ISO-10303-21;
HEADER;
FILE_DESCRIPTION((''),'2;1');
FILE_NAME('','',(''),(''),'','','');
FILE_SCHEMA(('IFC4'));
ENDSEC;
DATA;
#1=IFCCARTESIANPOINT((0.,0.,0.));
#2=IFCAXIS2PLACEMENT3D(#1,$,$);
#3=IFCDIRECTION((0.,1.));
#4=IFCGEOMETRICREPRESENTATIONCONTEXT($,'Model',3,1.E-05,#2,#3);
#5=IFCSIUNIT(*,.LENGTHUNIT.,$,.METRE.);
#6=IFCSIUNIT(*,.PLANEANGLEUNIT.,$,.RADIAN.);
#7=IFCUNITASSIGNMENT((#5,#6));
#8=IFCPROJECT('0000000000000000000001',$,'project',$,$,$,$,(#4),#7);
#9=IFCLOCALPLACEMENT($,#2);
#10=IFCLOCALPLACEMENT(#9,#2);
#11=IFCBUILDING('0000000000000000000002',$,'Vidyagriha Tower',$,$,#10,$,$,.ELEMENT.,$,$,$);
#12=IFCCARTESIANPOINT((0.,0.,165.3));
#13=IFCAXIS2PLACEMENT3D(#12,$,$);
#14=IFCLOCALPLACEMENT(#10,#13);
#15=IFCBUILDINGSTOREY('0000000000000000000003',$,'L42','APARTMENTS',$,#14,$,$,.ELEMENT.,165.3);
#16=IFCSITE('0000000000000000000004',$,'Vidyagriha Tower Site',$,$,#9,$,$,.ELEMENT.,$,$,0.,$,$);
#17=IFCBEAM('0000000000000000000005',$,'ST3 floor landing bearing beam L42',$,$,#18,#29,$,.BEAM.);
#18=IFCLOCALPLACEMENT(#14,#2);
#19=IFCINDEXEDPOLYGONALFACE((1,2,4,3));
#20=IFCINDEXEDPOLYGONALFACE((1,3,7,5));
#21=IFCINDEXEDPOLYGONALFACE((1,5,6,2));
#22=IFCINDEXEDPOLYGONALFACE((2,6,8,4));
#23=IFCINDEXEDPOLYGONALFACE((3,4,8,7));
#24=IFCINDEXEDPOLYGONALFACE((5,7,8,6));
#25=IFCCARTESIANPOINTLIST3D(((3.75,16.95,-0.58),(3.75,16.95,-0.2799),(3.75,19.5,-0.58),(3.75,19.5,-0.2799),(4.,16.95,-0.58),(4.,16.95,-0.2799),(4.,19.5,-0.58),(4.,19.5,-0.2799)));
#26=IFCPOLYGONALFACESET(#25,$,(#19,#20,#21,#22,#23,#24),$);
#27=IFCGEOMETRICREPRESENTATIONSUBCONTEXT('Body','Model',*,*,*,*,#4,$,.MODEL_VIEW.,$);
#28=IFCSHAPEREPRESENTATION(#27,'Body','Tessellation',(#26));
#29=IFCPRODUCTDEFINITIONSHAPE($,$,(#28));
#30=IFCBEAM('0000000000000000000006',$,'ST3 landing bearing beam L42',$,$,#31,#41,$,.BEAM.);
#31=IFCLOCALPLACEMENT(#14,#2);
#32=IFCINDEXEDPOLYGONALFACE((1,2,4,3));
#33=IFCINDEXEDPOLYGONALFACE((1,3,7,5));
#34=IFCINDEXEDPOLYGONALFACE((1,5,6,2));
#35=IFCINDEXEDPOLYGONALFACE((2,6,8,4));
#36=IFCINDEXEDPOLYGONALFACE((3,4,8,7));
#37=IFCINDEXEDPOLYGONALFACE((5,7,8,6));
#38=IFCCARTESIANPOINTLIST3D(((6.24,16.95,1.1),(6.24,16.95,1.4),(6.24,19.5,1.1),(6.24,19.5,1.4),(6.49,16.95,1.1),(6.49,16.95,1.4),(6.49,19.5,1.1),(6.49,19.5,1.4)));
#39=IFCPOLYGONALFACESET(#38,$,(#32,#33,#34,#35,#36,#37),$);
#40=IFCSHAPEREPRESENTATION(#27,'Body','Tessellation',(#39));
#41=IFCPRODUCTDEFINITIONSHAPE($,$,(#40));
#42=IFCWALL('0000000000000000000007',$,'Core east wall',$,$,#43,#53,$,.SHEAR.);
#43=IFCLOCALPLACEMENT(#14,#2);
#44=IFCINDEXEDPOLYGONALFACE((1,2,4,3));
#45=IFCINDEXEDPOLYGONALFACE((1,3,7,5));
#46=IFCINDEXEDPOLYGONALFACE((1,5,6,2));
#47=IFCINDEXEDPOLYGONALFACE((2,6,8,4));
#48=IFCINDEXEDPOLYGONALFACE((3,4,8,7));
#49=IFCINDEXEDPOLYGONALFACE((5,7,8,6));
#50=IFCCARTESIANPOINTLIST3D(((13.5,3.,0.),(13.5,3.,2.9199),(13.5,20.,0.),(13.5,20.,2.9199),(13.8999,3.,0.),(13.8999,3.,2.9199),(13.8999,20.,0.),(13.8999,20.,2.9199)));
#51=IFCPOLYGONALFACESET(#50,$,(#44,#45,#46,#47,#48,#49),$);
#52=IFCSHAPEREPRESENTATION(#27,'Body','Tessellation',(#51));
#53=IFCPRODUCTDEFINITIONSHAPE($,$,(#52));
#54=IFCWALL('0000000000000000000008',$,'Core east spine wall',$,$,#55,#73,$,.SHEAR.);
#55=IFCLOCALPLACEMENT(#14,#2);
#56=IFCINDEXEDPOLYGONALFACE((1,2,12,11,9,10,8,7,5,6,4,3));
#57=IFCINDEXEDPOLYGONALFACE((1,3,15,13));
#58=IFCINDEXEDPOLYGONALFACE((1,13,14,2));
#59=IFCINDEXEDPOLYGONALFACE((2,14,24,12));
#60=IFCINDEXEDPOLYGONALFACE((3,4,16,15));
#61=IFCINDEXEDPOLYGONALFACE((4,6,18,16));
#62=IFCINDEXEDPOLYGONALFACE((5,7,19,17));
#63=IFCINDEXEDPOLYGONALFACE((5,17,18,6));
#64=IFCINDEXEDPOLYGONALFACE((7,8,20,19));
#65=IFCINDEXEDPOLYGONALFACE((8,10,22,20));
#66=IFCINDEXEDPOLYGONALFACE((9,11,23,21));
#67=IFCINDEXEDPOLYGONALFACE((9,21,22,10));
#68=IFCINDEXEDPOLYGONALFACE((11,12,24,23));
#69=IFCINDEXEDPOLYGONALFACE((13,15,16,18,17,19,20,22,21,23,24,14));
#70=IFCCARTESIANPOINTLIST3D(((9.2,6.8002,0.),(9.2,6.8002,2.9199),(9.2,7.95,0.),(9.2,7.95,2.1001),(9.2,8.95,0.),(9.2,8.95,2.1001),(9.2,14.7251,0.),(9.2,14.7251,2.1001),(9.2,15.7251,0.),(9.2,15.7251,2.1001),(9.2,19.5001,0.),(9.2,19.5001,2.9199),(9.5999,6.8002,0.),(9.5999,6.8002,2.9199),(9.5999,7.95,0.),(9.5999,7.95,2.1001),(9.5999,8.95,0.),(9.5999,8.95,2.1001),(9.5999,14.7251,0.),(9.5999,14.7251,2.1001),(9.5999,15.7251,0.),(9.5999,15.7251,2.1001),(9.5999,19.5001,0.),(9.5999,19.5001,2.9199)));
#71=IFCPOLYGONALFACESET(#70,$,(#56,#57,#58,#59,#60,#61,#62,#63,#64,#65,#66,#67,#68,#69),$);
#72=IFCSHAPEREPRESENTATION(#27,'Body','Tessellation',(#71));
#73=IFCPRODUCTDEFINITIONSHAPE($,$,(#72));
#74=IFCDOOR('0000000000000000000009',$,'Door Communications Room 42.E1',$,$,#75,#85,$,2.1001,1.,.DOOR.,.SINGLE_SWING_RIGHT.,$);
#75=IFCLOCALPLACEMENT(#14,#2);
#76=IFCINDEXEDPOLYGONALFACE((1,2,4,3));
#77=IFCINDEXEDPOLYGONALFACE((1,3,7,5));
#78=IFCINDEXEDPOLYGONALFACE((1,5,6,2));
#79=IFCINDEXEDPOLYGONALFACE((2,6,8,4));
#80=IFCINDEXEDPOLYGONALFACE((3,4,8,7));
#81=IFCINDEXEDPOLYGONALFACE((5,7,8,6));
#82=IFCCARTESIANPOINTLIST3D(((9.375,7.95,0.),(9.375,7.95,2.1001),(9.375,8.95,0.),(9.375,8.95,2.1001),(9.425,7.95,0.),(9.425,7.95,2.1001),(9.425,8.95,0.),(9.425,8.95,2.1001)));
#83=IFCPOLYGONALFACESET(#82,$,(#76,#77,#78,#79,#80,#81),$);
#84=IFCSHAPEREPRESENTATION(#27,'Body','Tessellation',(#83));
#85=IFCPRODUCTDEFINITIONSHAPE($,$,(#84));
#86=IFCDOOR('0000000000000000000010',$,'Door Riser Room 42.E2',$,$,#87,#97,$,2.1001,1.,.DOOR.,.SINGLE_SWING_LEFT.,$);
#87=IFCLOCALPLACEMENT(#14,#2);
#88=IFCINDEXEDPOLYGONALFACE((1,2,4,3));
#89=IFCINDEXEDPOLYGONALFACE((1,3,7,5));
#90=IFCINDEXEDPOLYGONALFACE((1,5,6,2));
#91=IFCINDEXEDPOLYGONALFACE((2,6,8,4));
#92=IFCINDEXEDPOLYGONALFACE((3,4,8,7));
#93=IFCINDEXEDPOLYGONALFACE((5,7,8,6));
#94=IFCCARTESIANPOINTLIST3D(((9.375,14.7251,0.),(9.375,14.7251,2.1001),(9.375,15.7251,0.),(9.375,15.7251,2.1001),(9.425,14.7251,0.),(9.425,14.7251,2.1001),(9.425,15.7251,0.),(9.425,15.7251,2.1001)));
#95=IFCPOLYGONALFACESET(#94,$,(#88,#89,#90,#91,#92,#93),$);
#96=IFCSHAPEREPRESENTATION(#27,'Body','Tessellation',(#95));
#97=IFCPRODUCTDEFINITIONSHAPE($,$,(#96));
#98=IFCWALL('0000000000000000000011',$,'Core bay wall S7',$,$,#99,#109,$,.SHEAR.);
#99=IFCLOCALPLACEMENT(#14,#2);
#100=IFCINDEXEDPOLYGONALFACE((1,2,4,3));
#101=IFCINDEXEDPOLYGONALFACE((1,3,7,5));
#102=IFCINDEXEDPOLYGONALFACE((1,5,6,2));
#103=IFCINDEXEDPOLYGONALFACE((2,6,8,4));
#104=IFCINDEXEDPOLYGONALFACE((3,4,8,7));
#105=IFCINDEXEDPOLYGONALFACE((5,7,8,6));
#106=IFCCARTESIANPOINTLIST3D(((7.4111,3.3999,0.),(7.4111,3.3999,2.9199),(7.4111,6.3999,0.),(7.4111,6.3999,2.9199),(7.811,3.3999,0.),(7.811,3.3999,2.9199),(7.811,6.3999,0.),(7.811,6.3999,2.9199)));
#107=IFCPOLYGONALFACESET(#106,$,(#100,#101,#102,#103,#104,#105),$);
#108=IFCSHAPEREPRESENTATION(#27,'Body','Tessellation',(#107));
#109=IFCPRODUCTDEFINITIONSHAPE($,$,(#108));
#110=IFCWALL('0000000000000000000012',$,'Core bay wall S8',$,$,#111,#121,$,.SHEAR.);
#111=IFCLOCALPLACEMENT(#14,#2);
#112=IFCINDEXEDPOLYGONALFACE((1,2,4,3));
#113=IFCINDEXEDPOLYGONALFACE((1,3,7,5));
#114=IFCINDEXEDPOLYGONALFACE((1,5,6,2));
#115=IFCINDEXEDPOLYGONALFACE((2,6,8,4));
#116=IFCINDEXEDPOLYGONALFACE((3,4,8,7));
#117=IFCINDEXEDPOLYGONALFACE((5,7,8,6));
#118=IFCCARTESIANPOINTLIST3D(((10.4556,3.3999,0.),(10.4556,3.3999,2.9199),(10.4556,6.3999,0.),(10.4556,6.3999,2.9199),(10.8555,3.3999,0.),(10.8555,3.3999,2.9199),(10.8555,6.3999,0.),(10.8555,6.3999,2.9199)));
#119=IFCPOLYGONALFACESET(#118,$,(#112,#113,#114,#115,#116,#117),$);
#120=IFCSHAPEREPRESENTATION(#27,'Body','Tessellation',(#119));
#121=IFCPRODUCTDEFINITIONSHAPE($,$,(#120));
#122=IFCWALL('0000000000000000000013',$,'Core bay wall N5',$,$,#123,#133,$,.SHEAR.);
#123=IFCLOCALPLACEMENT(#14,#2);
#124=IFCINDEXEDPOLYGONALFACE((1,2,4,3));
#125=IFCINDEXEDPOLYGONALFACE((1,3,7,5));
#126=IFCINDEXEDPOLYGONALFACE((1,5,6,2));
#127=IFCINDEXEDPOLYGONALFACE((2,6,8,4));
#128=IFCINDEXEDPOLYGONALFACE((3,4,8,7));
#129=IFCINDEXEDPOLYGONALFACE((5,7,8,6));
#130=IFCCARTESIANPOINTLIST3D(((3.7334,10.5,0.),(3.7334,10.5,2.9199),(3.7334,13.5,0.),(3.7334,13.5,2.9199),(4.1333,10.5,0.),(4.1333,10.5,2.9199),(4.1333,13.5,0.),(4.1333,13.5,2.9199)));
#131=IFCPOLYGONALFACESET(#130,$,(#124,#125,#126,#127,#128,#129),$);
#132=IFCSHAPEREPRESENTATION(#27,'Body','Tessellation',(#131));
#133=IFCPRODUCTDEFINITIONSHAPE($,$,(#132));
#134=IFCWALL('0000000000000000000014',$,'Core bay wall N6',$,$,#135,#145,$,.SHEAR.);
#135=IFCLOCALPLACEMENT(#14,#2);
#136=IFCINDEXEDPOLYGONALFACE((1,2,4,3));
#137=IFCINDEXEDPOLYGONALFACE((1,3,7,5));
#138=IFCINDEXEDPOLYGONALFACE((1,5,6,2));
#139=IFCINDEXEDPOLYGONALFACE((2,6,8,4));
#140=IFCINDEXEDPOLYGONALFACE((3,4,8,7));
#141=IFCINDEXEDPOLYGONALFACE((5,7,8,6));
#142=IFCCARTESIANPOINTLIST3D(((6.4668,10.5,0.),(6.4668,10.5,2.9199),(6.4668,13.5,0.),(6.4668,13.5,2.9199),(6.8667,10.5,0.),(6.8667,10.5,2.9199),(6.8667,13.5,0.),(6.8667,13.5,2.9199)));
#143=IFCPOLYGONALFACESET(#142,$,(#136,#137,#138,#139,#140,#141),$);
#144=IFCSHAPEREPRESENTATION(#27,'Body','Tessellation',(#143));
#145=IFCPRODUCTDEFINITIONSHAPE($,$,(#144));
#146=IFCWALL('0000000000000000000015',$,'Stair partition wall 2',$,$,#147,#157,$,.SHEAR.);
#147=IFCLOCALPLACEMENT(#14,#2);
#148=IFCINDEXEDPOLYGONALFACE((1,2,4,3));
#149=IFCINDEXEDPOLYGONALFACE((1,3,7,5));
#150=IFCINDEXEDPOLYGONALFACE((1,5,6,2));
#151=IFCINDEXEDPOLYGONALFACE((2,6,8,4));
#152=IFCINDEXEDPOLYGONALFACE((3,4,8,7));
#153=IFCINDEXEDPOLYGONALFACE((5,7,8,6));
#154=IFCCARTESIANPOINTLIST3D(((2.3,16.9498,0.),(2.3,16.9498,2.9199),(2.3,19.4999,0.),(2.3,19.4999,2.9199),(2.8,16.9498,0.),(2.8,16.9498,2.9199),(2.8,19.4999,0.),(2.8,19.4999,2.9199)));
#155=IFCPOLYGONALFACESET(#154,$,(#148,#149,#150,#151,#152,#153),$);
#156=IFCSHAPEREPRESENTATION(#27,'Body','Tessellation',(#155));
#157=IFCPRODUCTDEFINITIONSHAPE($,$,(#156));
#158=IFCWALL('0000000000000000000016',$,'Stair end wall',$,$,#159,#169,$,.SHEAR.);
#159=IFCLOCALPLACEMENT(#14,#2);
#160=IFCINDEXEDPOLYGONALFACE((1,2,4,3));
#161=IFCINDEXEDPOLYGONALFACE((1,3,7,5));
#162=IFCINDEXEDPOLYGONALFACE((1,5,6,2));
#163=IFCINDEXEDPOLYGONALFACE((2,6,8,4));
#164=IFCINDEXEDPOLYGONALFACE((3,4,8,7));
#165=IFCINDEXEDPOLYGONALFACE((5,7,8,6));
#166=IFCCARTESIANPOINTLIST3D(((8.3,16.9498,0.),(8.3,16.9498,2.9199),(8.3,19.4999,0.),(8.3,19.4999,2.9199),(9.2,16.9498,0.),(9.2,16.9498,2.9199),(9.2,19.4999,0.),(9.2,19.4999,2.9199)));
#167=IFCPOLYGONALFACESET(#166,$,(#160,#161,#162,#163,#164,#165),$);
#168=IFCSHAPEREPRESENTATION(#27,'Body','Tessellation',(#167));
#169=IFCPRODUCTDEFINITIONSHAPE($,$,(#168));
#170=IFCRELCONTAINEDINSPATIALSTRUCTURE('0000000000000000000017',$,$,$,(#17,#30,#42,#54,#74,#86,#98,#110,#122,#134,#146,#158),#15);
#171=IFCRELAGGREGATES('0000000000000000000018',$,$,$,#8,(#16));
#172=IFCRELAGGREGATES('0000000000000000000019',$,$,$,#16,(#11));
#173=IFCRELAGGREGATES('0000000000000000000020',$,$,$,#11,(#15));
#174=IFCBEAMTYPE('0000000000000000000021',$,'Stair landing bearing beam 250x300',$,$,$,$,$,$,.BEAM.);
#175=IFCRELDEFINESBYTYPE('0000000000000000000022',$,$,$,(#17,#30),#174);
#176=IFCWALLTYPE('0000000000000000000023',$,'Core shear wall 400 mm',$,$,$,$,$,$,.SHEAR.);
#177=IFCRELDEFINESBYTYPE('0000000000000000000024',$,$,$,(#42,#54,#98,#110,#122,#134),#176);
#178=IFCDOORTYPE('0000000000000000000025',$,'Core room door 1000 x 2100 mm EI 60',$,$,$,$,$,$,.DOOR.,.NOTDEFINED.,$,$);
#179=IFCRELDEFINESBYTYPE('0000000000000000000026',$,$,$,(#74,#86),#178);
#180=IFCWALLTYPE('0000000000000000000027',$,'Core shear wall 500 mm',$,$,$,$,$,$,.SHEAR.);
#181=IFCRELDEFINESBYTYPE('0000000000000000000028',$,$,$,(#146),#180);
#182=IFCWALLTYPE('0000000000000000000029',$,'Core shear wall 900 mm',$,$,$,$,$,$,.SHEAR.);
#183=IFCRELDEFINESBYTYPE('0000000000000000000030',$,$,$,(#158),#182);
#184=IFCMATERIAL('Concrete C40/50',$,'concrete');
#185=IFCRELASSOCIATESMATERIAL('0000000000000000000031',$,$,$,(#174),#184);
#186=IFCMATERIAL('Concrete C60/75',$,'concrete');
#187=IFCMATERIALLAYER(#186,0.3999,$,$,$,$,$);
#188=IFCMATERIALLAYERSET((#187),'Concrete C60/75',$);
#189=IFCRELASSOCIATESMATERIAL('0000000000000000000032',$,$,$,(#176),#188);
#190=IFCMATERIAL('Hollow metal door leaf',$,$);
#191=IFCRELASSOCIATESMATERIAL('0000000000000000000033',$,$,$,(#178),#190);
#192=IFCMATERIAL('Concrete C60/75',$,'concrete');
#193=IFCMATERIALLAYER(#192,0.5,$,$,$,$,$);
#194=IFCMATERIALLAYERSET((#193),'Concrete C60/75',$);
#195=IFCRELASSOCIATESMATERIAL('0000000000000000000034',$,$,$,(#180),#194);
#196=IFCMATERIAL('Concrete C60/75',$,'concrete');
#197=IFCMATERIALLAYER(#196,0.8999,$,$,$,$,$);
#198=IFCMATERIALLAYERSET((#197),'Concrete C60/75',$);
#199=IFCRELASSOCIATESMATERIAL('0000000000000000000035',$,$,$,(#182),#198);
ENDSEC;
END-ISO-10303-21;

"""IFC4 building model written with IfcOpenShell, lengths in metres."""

from ifc_helpers import new_model, si_unit, direction, frame, frame_2d, origin, origin_2d, place, context, subcontext, project, spatial, rectangle, extrude, material, layer, layer_set, material_profile, profile_set, type_object, element, fill, save


model = new_model("IFC4")

# Units and contexts
model_context = context("Model", 3, precision=1e-05, world=origin(), true_north=direction((0.0, 1.0)))
body_context = subcontext(model_context, "Body", "Model", "MODEL_VIEW")
ifc_project = project(units=[si_unit("LENGTHUNIT", "METRE"), si_unit("PLANEANGLEUNIT", "RADIAN")], contexts=[model_context])

# Site, building, storey
site_placement = place(None, origin())
site = spatial("IfcSite", under=ifc_project, at=site_placement, Name="Vidyagriha Tower Site", CompositionType="ELEMENT", RefElevation=0.0)
building_placement = place(site_placement, origin())
building = spatial("IfcBuilding", under=site, at=building_placement, Name="Vidyagriha Tower", CompositionType="ELEMENT")
storey_placement = place(building_placement, frame((0.0, 0.0, 165.3)))
storey = spatial("IfcBuildingStorey", under=building, at=storey_placement, Name="L42", Description="APARTMENTS", CompositionType="ELEMENT", Elevation=165.3)

# Beams
ifc_material_1 = material(Name="Concrete C40/50", Category="concrete")
ifc_material_profile = material_profile(ifc_material_1, rectangle(XDim=0.25, YDim=0.3, at=origin_2d()), Name="Stair landing bearing beam 250x300")
ifc_profile_set = profile_set([ifc_material_profile], Name="Concrete C40/50")
beam_type = type_object("IfcBeamType", Name="Stair landing bearing beam 250x300", PredefinedType="BEAM", material=ifc_profile_set)
for number, where, z_axis, x_axis, name in (
    (1, (3.875, 16.95, -0.4299), (0.0, 1.0, 0.0), (-1.0, 0.0, 0.0), "ST3 floor landing bearing beam L42"),
    (2, (6.365, 16.95, 1.25), (0.0, 1.0, 0.0), (-1.0, 0.0, 0.0), "ST3 landing bearing beam L42"),
):
    element("IfcBeam", number, at=place(storey_placement, frame(where, z_axis=z_axis, x_axis=x_axis)), inside=storey, type_object=beam_type, Name=name, PredefinedType="BEAM", context=body_context, shape_type="SweptSolid", body=[
        extrude(rectangle(XDim=0.25, YDim=0.3, at=origin_2d()), origin(), (0.0, 0.0, 1.0), 2.55),
    ])

# Wall
ifc_material_2 = material(Name="Concrete C60/75", Category="concrete")
ifc_layer_1 = layer(ifc_material_2, 0.3999)
ifc_layer_set_1 = layer_set([ifc_layer_1], Name="Concrete C60/75")
wall_type_1 = type_object("IfcWallType", Name="Core shear wall 400 mm", PredefinedType="SHEAR", material=ifc_layer_set_1)
wall_1_placement = place(storey_placement, frame((13.7, 3.0, 0.0), z_axis=(0.0, 0.0, 1.0), x_axis=(0.0, 1.0, 0.0)))
element("IfcWall", 3, at=wall_1_placement, inside=storey, type_object=wall_type_1, Name="Core east wall", PredefinedType="SHEAR", context=body_context, shape_type="SweptSolid", body=[
    extrude(rectangle(XDim=17.0, YDim=0.3999, at=frame_2d((8.5, 0.0))), origin(), (0.0, 0.0, 1.0), 2.9199),
])

# Wall, openings, doors
wall_2_placement = place(storey_placement, frame((9.3999, 6.8, 0.0), z_axis=(0.0, 0.0, 1.0), x_axis=(0.0, 1.0, 0.0)))
wall_2 = element("IfcWall", 4, at=wall_2_placement, inside=storey, type_object=wall_type_1, Name="Core east spine wall", PredefinedType="SHEAR", context=body_context, shape_type="SweptSolid", body=[
    extrude(rectangle(XDim=12.7, YDim=0.3999, at=frame_2d((6.3501, 0.0))), origin(), (0.0, 0.0, 1.0), 2.9199),
])
opening_1_placement = place(wall_2_placement, frame((1.1499, 0.0, 0.0)))
opening_1 = element("IfcOpeningElement", 5, at=opening_1_placement, cuts=wall_2, PredefinedType="OPENING", context=body_context, shape_type="SweptSolid", body=[
    extrude(rectangle(XDim=1.0, YDim=2.1001, at=frame_2d((0.5, 1.05))), frame((0.0, 0.21, 0.0), z_axis=(0.0, -1.0, 0.0), x_axis=(1.0, 0.0, 0.0)), (0.0, 0.0, 1.0), 0.4199),
])
opening_2_placement = place(wall_2_placement, frame((7.925, 0.0, 0.0)))
opening_2 = element("IfcOpeningElement", 6, at=opening_2_placement, cuts=wall_2, PredefinedType="OPENING", context=body_context, shape_type="SweptSolid", body=[
    extrude(rectangle(XDim=1.0, YDim=2.1001, at=frame_2d((0.5, 1.05))), frame((0.0, 0.21, 0.0), z_axis=(0.0, -1.0, 0.0), x_axis=(1.0, 0.0, 0.0)), (0.0, 0.0, 1.0), 0.4199),
])
ifc_material_3 = material(Name="Hollow metal door leaf")
door_type_1 = type_object("IfcDoorType", Name="Core room door 1000 x 2100 mm EI 60", OperationType="NOTDEFINED", PredefinedType="DOOR", material=ifc_material_3)
door_1_placement = place(opening_1_placement, origin())
door_1 = element("IfcDoor", 7, at=door_1_placement, inside=storey, type_object=door_type_1, Name="Door Communications Room 42.E1", OperationType="SINGLE_SWING_RIGHT", OverallHeight=2.1001, OverallWidth=1.0, PredefinedType="DOOR", context=body_context, shape_type="SweptSolid", body=[
    extrude(rectangle(XDim=1.0, YDim=2.1001, at=frame_2d((0.5, 1.05))), frame((0.0, 0.0249, 0.0), z_axis=(0.0, -1.0, 0.0), x_axis=(1.0, 0.0, 0.0)), (0.0, 0.0, 1.0), 0.05),
])
fill(opening_1, door_1)
door_2_placement = place(opening_2_placement, origin())
door_2 = element("IfcDoor", 8, at=door_2_placement, inside=storey, type_object=door_type_1, Name="Door Riser Room 42.E2", OperationType="SINGLE_SWING_LEFT", OverallHeight=2.1001, OverallWidth=1.0, PredefinedType="DOOR", context=body_context, shape_type="SweptSolid", body=[
    extrude(rectangle(XDim=1.0, YDim=2.1001, at=frame_2d((0.5, 1.05))), frame((0.0, 0.0249, 0.0), z_axis=(0.0, -1.0, 0.0), x_axis=(1.0, 0.0, 0.0)), (0.0, 0.0, 1.0), 0.05),
])
fill(opening_2, door_2)

# Walls
for number, where, z_axis, x_axis, name in (
    (9, (7.6111, 3.3999, 0.0), (0.0, 0.0, 1.0), (0.0, 1.0, 0.0), "Core bay wall S7"),
    (10, (10.6555, 3.3999, 0.0), (0.0, 0.0, 1.0), (0.0, 1.0, 0.0), "Core bay wall S8"),
    (11, (3.9333, 10.5, 0.0), (0.0, 0.0, 1.0), (0.0, 1.0, 0.0), "Core bay wall N5"),
    (12, (6.6667, 10.5, 0.0), (0.0, 0.0, 1.0), (0.0, 1.0, 0.0), "Core bay wall N6"),
):
    element("IfcWall", number, at=place(storey_placement, frame(where, z_axis=z_axis, x_axis=x_axis)), inside=storey, type_object=wall_type_1, Name=name, PredefinedType="SHEAR", context=body_context, shape_type="SweptSolid", body=[
        extrude(rectangle(XDim=3.0, YDim=0.3999, at=frame_2d((1.5, 0.0))), origin(), (0.0, 0.0, 1.0), 2.9199),
    ])
ifc_material_4 = material(Name="Concrete C60/75", Category="concrete")
ifc_layer_2 = layer(ifc_material_4, 0.5)
ifc_layer_set_2 = layer_set([ifc_layer_2], Name="Concrete C60/75")
wall_type_2 = type_object("IfcWallType", Name="Core shear wall 500 mm", PredefinedType="SHEAR", material=ifc_layer_set_2)
wall_3_placement = place(storey_placement, frame((2.55, 16.95, 0.0), z_axis=(0.0, 0.0, 1.0), x_axis=(0.0, 1.0, 0.0)))
element("IfcWall", 13, at=wall_3_placement, inside=storey, type_object=wall_type_2, Name="Stair partition wall 2", PredefinedType="SHEAR", context=body_context, shape_type="SweptSolid", body=[
    extrude(rectangle(XDim=2.55, YDim=0.5, at=frame_2d((1.2749, 0.0))), origin(), (0.0, 0.0, 1.0), 2.9199),
])
ifc_material_5 = material(Name="Concrete C60/75", Category="concrete")
ifc_layer_3 = layer(ifc_material_5, 0.8999)
ifc_layer_set_3 = layer_set([ifc_layer_3], Name="Concrete C60/75")
wall_type_3 = type_object("IfcWallType", Name="Core shear wall 900 mm", PredefinedType="SHEAR", material=ifc_layer_set_3)
wall_4_placement = place(storey_placement, frame((8.75, 16.95, 0.0), z_axis=(0.0, 0.0, 1.0), x_axis=(0.0, 1.0, 0.0)))
element("IfcWall", 14, at=wall_4_placement, inside=storey, type_object=wall_type_3, Name="Stair end wall", PredefinedType="SHEAR", context=body_context, shape_type="SweptSolid", body=[
    extrude(rectangle(XDim=2.55, YDim=0.8999, at=frame_2d((1.2749, 0.0))), origin(), (0.0, 0.0, 1.0), 2.9199),
])

save(model, "model.ifc")
